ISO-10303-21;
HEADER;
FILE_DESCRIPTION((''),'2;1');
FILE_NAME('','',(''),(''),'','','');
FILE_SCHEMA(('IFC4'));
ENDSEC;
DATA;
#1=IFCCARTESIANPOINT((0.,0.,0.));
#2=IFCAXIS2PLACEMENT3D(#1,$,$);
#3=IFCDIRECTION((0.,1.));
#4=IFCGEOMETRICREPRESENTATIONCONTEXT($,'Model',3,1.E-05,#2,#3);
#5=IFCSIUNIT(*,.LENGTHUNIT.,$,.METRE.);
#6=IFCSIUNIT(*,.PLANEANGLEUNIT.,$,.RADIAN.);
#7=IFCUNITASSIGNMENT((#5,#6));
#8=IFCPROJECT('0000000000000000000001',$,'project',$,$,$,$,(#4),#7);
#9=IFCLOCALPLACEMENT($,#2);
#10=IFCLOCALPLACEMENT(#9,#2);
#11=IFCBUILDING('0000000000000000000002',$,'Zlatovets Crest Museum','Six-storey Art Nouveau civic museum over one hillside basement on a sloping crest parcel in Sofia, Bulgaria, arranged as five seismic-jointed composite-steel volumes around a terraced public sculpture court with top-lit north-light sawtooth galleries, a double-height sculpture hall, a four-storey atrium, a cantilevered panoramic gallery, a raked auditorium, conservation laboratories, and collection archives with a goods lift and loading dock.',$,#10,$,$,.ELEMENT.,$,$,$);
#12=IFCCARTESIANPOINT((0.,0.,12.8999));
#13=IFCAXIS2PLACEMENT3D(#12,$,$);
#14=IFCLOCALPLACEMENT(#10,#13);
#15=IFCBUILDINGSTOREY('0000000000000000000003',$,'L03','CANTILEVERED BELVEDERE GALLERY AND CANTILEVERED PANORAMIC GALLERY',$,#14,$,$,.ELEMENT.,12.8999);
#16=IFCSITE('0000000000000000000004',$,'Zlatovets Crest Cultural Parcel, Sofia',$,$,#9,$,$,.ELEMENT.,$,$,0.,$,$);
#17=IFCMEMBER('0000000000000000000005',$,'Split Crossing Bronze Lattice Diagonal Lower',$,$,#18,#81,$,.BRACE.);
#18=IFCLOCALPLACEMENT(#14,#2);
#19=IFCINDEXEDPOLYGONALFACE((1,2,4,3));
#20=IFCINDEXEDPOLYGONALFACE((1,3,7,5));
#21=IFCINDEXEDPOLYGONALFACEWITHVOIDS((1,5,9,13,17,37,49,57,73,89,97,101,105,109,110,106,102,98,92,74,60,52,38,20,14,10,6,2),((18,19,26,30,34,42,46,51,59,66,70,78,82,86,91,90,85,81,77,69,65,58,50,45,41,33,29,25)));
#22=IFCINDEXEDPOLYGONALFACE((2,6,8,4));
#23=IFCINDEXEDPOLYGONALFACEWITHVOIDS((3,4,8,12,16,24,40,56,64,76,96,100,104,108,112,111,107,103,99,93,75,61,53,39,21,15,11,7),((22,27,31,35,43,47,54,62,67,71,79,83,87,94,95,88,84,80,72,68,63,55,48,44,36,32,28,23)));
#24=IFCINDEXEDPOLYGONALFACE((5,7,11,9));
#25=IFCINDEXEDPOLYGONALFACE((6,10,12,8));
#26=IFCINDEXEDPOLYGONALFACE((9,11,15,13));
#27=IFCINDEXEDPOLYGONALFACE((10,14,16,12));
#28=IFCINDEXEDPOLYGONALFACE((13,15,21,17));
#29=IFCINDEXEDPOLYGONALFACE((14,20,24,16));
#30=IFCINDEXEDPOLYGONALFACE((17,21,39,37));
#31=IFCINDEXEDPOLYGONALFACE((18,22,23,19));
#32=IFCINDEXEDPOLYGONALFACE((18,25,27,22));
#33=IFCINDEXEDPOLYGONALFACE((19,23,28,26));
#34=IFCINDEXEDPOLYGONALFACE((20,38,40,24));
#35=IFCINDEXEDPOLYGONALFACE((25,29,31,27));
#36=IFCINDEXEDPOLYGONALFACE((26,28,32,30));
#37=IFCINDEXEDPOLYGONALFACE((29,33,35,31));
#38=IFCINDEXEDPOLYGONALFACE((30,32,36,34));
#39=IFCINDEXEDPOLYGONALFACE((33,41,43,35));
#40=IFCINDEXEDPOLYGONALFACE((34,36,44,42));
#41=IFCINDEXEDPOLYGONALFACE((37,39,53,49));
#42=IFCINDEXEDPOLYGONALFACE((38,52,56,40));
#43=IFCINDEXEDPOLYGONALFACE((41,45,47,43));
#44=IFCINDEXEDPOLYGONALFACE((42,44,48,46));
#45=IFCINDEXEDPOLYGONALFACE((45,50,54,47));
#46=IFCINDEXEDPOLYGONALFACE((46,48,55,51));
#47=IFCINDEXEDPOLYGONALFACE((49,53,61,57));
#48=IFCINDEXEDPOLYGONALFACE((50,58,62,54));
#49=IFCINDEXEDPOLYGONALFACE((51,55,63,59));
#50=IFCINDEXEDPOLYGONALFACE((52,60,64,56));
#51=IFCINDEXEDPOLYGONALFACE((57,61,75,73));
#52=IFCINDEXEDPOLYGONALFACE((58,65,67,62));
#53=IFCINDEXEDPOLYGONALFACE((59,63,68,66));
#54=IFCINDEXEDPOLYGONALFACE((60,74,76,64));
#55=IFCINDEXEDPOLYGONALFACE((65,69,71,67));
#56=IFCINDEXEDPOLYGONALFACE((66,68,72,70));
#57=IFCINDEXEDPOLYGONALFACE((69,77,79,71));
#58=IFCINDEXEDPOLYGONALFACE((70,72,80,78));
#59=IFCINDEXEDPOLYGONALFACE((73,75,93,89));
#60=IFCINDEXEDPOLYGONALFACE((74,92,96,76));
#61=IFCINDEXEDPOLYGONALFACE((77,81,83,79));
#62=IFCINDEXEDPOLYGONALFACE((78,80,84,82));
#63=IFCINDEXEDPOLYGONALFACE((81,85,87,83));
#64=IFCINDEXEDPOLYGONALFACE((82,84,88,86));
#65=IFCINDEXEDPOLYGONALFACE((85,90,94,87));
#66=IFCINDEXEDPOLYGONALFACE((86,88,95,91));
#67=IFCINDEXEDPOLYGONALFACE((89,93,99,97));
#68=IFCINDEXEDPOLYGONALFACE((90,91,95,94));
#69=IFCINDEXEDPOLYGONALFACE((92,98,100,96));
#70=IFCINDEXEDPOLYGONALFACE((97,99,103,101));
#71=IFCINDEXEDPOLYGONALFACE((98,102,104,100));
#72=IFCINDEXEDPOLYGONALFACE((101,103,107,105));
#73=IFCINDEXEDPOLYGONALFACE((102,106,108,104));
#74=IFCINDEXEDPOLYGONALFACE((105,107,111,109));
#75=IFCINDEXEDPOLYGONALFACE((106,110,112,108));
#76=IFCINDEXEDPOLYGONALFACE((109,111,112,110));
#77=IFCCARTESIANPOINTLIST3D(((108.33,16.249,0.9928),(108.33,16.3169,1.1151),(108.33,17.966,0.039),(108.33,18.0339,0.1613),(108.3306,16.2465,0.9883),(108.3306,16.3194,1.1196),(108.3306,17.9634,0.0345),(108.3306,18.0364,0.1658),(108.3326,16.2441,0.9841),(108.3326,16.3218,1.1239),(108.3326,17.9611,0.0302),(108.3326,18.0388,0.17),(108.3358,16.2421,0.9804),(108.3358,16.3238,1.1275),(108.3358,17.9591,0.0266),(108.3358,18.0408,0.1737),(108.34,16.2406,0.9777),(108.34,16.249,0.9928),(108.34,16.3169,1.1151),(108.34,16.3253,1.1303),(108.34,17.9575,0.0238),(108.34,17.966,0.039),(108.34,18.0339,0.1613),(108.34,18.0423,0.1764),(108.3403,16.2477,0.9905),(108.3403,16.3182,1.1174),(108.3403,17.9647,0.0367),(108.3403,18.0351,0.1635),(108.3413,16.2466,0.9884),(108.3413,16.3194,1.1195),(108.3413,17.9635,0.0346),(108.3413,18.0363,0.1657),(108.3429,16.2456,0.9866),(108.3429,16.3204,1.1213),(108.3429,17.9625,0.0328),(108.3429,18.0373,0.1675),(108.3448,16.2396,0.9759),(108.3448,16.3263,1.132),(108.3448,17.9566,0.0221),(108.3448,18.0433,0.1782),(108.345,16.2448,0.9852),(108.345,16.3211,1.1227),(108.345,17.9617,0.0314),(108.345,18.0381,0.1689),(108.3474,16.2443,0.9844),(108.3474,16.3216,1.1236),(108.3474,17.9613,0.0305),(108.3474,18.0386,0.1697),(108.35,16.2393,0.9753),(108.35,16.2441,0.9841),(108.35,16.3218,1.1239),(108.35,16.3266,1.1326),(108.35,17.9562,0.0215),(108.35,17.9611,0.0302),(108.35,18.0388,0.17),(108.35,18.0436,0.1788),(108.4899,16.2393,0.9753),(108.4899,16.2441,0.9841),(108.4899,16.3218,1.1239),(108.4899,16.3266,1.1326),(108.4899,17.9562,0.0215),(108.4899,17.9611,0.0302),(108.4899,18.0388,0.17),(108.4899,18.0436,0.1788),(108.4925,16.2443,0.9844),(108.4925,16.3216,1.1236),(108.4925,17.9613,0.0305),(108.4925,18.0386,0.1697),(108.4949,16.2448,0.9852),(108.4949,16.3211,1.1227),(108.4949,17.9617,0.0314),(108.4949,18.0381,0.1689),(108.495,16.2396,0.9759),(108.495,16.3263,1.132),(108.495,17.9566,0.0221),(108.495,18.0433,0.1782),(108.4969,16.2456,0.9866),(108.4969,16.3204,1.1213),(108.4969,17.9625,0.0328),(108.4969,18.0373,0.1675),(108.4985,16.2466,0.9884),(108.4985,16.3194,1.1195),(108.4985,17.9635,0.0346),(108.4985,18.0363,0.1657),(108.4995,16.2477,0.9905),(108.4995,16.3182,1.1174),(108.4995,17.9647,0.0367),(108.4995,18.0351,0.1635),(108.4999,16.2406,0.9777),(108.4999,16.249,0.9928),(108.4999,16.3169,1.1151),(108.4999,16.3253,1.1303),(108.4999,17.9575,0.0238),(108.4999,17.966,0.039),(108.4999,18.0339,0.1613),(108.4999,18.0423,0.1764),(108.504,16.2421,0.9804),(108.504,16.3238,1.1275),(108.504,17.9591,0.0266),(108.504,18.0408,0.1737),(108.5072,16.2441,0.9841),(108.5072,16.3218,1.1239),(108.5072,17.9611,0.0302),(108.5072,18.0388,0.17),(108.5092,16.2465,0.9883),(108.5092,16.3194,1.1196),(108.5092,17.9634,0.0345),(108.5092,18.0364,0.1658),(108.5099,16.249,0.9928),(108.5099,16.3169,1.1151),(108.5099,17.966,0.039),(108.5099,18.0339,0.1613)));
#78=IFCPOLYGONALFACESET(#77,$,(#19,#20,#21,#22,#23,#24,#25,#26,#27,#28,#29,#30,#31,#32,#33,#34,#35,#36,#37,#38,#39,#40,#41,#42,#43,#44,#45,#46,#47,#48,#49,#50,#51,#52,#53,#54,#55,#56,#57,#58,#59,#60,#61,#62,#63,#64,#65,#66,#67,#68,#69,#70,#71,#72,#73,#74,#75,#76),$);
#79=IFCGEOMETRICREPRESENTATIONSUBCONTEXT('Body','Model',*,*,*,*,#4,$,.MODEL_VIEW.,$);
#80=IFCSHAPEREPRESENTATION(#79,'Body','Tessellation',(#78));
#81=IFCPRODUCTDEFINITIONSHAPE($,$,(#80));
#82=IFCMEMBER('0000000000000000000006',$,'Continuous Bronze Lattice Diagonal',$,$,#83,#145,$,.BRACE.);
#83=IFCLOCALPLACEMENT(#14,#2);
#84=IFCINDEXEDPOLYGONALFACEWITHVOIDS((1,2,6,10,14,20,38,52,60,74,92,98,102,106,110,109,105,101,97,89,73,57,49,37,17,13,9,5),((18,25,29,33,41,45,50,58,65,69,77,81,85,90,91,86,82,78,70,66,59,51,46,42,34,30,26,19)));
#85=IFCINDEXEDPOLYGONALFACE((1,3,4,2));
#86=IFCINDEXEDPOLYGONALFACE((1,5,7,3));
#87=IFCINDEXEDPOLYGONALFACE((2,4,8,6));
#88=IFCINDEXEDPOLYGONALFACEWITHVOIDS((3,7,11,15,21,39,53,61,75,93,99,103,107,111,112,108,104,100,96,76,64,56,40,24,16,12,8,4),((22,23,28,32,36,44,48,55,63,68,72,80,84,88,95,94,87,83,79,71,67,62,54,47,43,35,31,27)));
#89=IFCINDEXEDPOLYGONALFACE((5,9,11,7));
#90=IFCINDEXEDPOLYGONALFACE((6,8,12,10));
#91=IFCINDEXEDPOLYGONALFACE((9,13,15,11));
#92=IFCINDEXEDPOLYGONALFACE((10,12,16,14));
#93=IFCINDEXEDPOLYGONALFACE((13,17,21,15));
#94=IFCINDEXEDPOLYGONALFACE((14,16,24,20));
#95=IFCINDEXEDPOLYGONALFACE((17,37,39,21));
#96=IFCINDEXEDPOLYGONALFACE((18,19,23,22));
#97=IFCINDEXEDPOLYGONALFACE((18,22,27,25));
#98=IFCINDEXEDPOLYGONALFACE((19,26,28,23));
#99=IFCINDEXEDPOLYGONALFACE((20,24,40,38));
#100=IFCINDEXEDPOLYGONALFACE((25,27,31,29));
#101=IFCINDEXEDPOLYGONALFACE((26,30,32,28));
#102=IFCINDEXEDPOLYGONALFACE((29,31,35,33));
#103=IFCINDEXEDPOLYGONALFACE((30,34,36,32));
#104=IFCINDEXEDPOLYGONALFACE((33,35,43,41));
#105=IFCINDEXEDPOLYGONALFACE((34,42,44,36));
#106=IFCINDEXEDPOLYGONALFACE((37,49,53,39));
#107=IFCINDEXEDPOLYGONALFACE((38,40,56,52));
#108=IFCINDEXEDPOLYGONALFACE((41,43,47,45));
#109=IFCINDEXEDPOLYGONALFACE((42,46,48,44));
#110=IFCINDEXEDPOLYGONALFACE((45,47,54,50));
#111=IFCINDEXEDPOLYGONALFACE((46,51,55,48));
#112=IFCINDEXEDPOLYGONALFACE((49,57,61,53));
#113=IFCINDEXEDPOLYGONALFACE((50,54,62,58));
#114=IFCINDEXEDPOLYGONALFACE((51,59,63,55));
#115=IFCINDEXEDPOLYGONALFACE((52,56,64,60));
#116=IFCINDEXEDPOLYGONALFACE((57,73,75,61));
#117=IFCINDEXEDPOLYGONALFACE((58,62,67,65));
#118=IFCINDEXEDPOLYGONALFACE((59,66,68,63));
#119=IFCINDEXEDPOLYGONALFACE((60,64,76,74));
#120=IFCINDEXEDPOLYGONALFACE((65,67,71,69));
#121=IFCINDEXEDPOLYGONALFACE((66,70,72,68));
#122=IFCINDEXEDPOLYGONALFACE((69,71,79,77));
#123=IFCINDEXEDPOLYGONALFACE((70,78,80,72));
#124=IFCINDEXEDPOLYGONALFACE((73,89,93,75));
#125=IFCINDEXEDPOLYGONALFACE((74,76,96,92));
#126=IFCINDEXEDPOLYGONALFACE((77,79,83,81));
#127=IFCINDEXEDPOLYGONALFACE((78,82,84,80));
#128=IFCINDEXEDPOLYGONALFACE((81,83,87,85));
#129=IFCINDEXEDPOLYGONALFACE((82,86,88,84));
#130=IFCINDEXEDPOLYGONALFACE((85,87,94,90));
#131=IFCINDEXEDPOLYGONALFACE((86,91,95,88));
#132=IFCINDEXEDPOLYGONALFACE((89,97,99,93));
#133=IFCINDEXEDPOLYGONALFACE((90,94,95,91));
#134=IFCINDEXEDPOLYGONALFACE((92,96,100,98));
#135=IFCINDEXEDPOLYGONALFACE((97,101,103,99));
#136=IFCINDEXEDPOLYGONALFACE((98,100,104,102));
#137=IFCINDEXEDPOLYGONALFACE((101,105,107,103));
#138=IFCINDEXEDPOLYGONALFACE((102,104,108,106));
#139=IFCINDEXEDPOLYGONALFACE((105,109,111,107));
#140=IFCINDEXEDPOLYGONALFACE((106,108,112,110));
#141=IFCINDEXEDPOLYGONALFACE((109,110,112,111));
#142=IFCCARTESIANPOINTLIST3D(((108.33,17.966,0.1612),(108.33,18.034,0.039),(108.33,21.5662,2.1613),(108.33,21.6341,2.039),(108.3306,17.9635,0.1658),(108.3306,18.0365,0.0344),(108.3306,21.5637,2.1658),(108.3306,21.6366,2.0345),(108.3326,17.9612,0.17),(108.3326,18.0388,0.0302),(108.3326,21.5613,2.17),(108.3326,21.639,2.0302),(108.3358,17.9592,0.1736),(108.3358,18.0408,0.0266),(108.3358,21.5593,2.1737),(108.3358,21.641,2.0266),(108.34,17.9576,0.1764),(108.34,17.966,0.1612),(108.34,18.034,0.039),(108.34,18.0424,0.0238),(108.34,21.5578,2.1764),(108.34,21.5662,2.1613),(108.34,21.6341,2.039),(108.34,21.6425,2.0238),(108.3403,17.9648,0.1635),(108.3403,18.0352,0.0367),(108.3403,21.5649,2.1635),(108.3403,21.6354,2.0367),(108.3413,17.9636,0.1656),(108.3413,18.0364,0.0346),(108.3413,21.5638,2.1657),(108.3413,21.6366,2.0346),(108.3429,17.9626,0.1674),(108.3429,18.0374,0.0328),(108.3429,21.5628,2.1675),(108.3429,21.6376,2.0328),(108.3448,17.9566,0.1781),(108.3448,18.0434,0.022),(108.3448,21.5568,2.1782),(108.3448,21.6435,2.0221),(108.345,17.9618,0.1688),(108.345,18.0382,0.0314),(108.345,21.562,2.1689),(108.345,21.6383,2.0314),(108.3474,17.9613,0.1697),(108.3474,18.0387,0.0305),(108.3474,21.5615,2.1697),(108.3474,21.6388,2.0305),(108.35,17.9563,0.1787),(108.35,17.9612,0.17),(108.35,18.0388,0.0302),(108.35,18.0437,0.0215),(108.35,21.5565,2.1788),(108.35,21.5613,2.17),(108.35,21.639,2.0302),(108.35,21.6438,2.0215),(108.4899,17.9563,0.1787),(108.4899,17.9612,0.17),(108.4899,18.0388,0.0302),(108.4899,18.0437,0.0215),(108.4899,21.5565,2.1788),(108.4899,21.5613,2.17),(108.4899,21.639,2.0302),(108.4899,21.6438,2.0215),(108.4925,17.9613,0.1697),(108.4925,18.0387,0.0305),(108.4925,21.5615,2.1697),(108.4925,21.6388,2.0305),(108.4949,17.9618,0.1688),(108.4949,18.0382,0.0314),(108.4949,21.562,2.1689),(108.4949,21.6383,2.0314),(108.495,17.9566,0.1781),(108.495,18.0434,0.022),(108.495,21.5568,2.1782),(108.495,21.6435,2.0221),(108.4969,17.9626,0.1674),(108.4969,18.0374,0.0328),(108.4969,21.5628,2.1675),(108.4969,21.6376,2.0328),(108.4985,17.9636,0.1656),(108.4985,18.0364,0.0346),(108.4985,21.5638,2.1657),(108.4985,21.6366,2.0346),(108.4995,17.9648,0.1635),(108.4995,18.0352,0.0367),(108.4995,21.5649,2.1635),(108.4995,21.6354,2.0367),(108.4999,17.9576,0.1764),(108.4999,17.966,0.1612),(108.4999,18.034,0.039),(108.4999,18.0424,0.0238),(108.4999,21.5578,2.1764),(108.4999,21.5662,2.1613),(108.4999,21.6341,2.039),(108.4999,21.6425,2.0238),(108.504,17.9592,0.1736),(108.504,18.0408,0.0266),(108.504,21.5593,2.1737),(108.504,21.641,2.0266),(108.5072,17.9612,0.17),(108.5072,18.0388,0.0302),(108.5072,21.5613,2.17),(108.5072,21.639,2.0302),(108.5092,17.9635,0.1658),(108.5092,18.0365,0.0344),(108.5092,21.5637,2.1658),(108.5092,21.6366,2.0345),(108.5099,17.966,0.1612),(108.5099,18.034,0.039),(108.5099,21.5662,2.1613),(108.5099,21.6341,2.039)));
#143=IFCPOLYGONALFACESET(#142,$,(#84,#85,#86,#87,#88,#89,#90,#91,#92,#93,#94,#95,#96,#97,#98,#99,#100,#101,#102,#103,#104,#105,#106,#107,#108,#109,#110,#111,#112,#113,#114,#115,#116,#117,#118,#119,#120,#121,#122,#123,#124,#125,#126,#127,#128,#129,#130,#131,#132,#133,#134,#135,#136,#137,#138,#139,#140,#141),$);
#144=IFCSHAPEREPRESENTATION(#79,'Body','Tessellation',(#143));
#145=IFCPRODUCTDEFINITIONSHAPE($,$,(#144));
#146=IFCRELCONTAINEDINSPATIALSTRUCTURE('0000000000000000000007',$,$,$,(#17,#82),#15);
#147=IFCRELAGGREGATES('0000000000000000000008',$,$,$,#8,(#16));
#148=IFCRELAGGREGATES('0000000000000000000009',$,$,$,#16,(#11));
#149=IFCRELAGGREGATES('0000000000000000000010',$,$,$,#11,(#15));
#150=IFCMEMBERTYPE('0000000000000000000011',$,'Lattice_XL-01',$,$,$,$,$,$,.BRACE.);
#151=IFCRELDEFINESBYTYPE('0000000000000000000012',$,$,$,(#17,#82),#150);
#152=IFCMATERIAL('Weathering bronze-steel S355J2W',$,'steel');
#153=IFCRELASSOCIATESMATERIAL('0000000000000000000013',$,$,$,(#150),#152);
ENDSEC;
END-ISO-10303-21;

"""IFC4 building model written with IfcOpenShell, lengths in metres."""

from ifc_helpers import new_model, si_unit, direction, frame, origin, origin_2d, place, context, subcontext, project, spatial, hollow_rectangle, extrude, material, material_profile, profile_set, type_object, element, save


model = new_model("IFC4")

# Units and contexts
model_context = context("Model", 3, precision=1e-05, world=origin(), true_north=direction((0.0, 1.0)))
body_context = subcontext(model_context, "Body", "Model", "MODEL_VIEW")
ifc_project = project(units=[si_unit("LENGTHUNIT", "METRE"), si_unit("PLANEANGLEUNIT", "RADIAN")], contexts=[model_context])

# Site, building, storey
site_placement = place(None, origin())
site = spatial("IfcSite", under=ifc_project, at=site_placement, Name="Zlatovets Crest Cultural Parcel, Sofia", CompositionType="ELEMENT", RefElevation=0.0)
building_placement = place(site_placement, origin())
building = spatial("IfcBuilding", under=site, at=building_placement, Name="Zlatovets Crest Museum", Description="Six-storey Art Nouveau civic museum over one hillside basement on a sloping crest parcel in Sofia, Bulgaria, arranged as five seismic-jointed composite-steel volumes around a terraced public sculpture court with top-lit north-light sawtooth galleries, a double-height sculpture hall, a four-storey atrium, a cantilevered panoramic gallery, a raked auditorium, conservation laboratories, and collection archives with a goods lift and loading dock.", CompositionType="ELEMENT")
storey_placement = place(building_placement, frame((0.0, 0.0, 12.8999)))
storey = spatial("IfcBuildingStorey", under=building, at=storey_placement, Name="L03", Description="CANTILEVERED BELVEDERE GALLERY AND CANTILEVERED PANORAMIC GALLERY", CompositionType="ELEMENT", Elevation=12.8999)

# Members
ifc_material_1 = material(Name="Weathering bronze-steel S355J2W", Category="steel")
ifc_material_profile_1 = material_profile(ifc_material_1, hollow_rectangle(XDim=0.1799, YDim=0.1799, WallThickness=0.01, InnerFilletRadius=0.01, OuterFilletRadius=0.02, at=origin_2d()), Name="SHS 180x180x10.0")
ifc_profile_set_1 = profile_set([ifc_material_profile_1], Name="Weathering bronze-steel S355J2W")
member_type_1 = type_object("IfcMemberType", Name="Lattice_XL-01", PredefinedType="BRACE", material=ifc_profile_set_1)
for number, where, z_axis, x_axis, name in (
    (1, (108.4199, 16.283, 1.054), (0.0, 0.874169, -0.485622), (-1.0, 0.0, 0.0), "Split Crossing Bronze Lattice Diagonal Lower"),
):
    element("IfcMember", number, at=place(storey_placement, frame(where, z_axis=z_axis, x_axis=x_axis)), inside=storey, type_object=member_type_1, Name=name, PredefinedType="BRACE", context=body_context, shape_type="SweptSolid", body=[
        extrude(hollow_rectangle(XDim=0.1799, YDim=0.1799, WallThickness=0.01, InnerFilletRadius=0.01, OuterFilletRadius=0.02, at=origin_2d()), origin(), (0.0, 0.0, 1.0), 1.9641),
    ])
member_1_placement = place(storey_placement, frame((108.4199, 18.0, 0.1001), z_axis=(0.0, 0.874163, 0.485633), x_axis=(-1.0, 0.0, 0.0)))
element("IfcMember", 2, at=member_1_placement, inside=storey, type_object=member_type_1, Name="Continuous Bronze Lattice Diagonal", PredefinedType="BRACE", context=body_context, shape_type="SweptSolid", body=[
    extrude(hollow_rectangle(XDim=0.1799, YDim=0.1799, WallThickness=0.01, InnerFilletRadius=0.01, OuterFilletRadius=0.02, at=origin_2d()), origin(), (0.0, 0.0, 1.0), 4.1184),
])

save(model, "model.ifc")
